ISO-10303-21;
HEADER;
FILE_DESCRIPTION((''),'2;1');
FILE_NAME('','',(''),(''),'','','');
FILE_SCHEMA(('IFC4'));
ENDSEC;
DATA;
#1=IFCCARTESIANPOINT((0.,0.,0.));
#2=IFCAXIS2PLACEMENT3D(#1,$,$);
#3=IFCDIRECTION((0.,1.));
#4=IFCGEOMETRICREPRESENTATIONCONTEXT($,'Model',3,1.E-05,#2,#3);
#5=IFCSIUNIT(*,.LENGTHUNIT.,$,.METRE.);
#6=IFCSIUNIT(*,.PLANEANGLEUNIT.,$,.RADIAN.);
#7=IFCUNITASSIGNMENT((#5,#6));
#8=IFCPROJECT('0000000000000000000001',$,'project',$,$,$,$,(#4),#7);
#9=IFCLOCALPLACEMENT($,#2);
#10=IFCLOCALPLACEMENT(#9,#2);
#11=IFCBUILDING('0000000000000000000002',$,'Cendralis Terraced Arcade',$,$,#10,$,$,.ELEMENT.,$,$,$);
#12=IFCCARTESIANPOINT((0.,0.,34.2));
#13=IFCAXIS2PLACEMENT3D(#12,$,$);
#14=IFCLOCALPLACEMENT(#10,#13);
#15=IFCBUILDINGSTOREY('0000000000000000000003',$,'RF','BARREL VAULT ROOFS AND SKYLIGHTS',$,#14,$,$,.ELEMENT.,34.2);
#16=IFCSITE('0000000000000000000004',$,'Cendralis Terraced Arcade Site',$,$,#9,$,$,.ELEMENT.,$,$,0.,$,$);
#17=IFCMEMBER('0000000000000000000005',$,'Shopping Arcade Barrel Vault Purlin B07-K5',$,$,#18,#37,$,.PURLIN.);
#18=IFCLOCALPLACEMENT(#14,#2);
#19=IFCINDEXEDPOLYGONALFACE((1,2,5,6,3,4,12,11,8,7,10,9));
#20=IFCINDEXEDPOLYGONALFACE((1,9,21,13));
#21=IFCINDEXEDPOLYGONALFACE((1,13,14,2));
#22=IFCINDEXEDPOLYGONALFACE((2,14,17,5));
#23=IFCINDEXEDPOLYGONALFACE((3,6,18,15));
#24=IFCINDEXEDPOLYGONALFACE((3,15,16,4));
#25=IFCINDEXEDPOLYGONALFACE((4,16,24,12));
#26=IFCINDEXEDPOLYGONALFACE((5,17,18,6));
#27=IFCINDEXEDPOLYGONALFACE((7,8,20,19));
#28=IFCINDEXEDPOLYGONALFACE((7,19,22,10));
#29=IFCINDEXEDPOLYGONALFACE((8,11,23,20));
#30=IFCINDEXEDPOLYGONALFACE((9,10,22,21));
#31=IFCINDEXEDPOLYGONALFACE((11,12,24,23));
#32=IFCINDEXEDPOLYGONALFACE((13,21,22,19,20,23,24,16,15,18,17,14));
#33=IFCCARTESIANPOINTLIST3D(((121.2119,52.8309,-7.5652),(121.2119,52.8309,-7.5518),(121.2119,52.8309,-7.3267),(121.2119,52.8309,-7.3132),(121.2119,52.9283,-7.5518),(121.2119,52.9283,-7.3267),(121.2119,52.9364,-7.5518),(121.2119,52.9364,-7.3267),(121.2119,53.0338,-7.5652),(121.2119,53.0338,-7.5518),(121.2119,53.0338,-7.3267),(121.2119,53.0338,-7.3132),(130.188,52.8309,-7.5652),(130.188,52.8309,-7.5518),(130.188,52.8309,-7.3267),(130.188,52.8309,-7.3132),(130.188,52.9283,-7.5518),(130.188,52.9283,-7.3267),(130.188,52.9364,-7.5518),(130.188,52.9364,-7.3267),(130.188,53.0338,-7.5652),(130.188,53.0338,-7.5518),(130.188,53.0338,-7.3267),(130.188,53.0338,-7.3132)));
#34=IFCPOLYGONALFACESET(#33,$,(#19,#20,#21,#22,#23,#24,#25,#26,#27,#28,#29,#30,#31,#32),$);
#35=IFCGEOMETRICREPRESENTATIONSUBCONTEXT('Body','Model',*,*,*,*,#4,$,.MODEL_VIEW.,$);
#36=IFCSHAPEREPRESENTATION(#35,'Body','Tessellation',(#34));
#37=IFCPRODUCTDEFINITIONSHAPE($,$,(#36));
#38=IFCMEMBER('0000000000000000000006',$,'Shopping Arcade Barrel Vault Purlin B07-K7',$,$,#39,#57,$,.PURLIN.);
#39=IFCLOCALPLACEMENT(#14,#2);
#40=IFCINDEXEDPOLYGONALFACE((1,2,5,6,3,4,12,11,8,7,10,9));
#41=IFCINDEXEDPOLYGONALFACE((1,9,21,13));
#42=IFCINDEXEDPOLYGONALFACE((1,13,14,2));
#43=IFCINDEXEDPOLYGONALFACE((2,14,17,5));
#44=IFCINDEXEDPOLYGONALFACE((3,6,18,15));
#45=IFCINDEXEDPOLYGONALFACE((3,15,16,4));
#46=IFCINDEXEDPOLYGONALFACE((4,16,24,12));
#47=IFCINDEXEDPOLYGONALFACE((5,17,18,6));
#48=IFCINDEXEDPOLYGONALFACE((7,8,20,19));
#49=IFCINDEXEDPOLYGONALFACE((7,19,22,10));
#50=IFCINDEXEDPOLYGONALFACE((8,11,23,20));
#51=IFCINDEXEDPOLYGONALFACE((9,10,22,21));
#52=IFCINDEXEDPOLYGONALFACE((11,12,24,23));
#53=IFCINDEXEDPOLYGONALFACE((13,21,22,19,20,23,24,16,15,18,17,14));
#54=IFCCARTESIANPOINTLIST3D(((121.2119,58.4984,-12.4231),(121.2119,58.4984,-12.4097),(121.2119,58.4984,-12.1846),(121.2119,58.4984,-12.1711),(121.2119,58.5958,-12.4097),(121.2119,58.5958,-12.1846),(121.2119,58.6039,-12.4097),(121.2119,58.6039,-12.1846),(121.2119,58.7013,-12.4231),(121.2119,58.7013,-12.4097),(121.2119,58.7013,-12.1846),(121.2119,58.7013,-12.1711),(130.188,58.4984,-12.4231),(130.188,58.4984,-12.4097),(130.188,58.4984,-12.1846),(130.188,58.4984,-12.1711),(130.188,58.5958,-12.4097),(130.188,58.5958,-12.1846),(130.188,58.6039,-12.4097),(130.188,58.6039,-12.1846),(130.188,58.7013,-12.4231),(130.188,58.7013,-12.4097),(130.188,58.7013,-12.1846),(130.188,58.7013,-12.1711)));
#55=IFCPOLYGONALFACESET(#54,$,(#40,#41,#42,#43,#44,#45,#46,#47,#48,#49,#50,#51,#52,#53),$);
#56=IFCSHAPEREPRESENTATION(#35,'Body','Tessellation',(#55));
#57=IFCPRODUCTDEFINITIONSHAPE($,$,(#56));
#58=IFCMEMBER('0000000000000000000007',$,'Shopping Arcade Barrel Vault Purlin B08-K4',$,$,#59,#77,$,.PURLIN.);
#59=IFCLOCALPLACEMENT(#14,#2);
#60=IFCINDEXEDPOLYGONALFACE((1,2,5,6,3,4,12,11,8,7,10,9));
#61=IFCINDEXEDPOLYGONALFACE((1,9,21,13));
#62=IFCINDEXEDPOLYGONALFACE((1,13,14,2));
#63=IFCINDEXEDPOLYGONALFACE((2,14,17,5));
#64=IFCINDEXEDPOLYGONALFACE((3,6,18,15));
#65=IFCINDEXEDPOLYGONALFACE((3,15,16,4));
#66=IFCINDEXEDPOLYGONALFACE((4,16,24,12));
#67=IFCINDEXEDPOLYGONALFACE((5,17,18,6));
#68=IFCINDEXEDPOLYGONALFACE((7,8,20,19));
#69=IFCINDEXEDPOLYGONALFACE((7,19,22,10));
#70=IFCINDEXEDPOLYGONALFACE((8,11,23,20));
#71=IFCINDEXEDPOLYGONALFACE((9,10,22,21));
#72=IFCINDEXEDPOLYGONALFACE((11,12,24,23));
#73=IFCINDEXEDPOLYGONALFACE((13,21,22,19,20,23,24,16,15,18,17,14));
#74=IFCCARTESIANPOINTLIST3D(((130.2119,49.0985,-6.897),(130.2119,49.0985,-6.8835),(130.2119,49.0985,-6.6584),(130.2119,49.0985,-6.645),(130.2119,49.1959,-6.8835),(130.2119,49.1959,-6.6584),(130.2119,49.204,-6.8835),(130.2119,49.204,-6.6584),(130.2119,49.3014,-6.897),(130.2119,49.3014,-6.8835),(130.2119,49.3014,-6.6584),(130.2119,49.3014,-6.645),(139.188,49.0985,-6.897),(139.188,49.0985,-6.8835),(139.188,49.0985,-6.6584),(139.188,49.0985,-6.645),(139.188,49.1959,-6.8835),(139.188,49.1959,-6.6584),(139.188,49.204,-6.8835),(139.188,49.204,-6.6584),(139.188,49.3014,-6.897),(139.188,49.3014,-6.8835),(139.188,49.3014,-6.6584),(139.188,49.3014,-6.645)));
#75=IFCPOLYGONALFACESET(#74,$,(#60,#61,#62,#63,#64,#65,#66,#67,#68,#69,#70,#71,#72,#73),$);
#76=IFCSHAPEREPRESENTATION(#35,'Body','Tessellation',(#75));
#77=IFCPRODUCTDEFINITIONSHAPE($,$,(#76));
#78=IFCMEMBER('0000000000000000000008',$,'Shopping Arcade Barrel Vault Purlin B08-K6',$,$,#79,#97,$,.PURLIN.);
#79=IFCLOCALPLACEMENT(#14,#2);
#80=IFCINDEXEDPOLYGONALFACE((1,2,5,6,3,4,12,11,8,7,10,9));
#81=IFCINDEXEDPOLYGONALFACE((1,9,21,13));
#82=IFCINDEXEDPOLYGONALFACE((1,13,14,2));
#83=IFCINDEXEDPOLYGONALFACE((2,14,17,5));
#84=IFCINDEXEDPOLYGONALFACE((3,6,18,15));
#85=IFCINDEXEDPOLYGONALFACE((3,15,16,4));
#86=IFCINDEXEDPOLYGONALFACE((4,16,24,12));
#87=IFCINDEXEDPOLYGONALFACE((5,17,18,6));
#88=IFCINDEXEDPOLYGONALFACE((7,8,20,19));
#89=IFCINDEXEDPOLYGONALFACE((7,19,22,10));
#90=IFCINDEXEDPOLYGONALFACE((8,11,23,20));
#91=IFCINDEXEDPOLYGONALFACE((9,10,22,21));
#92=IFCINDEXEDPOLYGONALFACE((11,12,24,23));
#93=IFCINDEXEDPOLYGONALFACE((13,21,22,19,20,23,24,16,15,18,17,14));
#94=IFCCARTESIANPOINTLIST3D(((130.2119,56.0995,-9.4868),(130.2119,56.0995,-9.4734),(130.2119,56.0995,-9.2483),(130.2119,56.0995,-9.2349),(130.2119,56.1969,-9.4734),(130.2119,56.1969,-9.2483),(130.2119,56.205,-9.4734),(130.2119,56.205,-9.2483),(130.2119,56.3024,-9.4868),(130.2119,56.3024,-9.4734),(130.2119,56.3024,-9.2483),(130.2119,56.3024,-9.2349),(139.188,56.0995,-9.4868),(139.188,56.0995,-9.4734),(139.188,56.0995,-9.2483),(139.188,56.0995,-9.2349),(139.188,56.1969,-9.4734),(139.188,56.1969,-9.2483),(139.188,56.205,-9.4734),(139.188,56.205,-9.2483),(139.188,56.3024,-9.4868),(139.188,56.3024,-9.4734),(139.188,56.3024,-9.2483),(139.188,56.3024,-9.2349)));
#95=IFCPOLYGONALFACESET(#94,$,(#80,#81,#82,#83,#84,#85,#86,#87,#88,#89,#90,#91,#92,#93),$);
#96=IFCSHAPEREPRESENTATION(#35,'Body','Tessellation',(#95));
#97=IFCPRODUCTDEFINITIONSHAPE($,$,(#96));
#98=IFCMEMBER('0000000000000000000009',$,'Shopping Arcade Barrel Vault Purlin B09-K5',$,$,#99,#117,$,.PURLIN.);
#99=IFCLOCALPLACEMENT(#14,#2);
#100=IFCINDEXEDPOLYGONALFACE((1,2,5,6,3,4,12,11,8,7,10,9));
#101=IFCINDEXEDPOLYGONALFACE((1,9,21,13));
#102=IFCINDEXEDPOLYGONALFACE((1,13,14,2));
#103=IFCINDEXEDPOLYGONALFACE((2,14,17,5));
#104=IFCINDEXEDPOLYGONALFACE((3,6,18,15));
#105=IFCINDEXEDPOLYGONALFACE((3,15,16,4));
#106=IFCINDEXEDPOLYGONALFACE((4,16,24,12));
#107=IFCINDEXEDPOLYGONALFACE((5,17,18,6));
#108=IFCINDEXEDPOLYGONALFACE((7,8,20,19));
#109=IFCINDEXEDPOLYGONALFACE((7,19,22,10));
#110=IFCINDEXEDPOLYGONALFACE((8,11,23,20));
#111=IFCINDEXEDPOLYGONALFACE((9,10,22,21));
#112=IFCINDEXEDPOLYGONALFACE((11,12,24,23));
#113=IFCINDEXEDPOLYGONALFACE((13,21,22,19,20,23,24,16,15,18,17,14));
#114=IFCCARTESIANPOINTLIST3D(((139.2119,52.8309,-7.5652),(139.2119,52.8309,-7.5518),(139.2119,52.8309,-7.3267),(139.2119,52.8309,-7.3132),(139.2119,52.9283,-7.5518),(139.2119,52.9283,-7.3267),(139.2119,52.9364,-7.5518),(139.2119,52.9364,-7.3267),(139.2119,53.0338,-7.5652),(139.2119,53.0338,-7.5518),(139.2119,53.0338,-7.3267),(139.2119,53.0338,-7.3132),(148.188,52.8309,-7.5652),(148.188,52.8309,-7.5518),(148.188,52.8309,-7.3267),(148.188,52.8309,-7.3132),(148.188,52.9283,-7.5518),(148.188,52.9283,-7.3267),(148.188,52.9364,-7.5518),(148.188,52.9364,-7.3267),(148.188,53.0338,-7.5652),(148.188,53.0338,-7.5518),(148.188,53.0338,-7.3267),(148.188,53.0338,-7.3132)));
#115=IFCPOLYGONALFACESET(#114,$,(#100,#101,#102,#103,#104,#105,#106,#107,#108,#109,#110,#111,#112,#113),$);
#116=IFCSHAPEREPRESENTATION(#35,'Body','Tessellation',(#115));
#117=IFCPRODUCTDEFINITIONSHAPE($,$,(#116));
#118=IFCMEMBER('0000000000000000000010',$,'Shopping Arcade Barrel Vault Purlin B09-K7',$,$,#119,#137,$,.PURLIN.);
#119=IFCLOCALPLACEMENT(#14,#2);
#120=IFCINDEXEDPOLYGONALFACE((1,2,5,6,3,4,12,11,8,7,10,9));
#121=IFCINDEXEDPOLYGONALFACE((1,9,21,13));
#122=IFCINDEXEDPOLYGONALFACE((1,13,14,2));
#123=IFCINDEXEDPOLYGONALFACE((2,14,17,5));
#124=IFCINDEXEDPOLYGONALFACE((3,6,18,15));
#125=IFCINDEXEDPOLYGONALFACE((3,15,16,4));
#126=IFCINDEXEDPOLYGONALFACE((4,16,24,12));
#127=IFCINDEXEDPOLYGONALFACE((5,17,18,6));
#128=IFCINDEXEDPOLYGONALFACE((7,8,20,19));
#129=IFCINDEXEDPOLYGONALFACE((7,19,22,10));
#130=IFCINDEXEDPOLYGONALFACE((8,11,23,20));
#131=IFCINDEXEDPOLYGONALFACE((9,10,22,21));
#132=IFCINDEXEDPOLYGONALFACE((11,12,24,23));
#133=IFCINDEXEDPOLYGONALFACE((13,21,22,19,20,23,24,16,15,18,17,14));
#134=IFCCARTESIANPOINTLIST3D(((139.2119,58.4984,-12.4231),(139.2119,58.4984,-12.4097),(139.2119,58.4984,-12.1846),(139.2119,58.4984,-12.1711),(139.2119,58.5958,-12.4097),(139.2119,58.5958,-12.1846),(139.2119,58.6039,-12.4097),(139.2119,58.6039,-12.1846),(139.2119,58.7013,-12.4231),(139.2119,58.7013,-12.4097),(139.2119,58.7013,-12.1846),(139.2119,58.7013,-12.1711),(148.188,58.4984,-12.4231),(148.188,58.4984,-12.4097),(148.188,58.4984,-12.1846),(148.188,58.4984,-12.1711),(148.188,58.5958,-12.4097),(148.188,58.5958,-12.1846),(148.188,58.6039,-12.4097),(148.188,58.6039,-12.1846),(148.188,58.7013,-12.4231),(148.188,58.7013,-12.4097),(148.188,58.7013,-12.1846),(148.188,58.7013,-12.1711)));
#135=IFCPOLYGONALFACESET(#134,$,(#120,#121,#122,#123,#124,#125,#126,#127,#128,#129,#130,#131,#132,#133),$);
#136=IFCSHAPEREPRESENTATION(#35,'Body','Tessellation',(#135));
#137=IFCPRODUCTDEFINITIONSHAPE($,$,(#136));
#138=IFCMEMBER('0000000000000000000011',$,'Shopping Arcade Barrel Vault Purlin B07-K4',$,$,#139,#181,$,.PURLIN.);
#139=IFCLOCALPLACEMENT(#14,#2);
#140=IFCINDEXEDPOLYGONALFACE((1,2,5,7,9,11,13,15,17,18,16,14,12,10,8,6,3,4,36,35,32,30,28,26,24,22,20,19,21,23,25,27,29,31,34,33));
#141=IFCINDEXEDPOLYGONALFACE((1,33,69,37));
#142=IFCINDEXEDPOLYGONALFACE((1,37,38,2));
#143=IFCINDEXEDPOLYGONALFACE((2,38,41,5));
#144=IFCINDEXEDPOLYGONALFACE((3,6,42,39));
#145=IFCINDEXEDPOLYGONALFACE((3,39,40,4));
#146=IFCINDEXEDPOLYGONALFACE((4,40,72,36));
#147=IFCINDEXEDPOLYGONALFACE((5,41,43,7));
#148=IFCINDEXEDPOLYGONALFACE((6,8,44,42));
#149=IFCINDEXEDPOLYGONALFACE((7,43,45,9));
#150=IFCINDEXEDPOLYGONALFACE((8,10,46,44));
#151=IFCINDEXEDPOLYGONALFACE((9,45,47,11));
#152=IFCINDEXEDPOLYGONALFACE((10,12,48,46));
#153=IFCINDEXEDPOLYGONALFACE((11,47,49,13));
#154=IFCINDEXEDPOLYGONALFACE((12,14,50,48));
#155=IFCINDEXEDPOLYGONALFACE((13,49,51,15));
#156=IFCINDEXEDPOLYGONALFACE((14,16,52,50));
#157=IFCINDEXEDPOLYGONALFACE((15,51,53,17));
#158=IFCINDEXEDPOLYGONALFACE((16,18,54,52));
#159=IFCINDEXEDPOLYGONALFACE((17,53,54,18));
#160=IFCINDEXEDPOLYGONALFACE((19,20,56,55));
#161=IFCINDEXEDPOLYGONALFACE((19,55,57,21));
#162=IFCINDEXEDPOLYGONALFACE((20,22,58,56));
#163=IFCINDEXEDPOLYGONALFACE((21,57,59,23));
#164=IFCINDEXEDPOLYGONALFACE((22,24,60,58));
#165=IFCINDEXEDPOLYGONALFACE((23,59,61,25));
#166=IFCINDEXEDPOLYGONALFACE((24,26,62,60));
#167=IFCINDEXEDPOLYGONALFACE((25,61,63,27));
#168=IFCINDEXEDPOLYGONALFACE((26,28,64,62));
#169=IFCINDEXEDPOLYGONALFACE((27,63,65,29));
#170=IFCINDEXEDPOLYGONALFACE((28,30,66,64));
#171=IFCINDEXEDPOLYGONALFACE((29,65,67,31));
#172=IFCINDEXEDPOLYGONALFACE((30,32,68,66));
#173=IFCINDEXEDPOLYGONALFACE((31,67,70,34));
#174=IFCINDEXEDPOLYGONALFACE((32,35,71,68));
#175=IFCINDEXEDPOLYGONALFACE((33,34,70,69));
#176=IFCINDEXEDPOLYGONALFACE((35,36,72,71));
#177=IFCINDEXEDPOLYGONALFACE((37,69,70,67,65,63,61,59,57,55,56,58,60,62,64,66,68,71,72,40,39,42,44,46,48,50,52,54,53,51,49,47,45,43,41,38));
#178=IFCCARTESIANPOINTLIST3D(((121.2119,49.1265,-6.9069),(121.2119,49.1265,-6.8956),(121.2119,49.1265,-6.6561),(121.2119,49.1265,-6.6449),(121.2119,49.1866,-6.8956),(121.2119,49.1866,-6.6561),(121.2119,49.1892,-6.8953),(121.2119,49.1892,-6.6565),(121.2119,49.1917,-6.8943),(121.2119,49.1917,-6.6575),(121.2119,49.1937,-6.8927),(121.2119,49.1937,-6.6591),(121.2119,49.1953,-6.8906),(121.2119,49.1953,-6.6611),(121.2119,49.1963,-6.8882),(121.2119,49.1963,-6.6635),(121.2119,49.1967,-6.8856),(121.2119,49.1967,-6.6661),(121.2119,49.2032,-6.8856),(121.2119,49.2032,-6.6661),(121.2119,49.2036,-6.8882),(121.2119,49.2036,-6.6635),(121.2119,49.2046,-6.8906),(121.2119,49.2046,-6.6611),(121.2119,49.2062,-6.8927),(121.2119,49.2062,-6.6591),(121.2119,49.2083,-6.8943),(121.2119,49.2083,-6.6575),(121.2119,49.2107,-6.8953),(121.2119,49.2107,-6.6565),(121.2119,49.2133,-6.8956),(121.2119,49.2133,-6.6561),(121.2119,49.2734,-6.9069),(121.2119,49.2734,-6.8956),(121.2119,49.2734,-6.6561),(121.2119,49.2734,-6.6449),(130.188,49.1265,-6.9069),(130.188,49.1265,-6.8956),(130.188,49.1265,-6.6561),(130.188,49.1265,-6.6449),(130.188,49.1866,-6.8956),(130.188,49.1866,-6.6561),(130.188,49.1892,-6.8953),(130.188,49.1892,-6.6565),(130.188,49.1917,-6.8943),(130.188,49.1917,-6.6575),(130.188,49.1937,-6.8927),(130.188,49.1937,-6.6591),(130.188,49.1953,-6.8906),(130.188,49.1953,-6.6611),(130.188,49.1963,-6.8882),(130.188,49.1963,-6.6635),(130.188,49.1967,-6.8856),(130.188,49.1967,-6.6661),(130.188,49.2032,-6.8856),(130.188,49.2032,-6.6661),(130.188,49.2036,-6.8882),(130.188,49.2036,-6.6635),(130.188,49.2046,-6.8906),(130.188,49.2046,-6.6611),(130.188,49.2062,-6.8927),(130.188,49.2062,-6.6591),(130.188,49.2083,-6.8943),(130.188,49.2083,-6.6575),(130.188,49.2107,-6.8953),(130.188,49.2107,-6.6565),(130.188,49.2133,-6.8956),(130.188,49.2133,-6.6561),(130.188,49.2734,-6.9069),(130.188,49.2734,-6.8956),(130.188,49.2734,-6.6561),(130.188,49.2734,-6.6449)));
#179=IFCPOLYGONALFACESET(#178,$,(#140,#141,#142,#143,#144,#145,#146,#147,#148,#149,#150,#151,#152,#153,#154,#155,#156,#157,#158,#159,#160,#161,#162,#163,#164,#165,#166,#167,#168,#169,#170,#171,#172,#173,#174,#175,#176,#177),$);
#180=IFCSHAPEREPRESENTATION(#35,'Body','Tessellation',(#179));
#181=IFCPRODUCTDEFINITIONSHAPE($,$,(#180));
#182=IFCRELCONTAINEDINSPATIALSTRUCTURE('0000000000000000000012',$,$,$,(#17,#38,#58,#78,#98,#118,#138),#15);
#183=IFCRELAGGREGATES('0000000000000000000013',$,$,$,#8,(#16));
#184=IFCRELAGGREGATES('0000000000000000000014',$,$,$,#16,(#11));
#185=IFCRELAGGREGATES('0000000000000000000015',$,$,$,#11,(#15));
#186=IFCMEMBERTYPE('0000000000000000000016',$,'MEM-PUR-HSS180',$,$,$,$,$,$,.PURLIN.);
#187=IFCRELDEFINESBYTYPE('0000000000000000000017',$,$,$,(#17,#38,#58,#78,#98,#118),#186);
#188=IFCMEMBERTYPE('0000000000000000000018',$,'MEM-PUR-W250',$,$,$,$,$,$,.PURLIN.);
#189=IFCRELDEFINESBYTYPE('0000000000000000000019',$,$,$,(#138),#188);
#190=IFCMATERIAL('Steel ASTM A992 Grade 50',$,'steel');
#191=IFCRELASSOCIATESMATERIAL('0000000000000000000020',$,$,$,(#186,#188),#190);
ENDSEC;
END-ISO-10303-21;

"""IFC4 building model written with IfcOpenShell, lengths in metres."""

from ifc_helpers import new_model, si_unit, direction, frame, origin, origin_2d, place, context, subcontext, project, spatial, i_section, extrude, material, material_profile, profile_set, type_object, element, save


model = new_model("IFC4")

# Units and contexts
model_context = context("Model", 3, precision=1e-05, world=origin(), true_north=direction((0.0, 1.0)))
body_context = subcontext(model_context, "Body", "Model", "MODEL_VIEW")
ifc_project = project(units=[si_unit("LENGTHUNIT", "METRE"), si_unit("PLANEANGLEUNIT", "RADIAN")], contexts=[model_context])

# Site, building, storey
site_placement = place(None, origin())
site = spatial("IfcSite", under=ifc_project, at=site_placement, Name="Cendralis Terraced Arcade Site", CompositionType="ELEMENT", RefElevation=0.0)
building_placement = place(site_placement, origin())
building = spatial("IfcBuilding", under=site, at=building_placement, Name="Cendralis Terraced Arcade", CompositionType="ELEMENT")
storey_placement = place(building_placement, frame((0.0, 0.0, 34.2)))
storey = spatial("IfcBuildingStorey", under=building, at=storey_placement, Name="RF", Description="BARREL VAULT ROOFS AND SKYLIGHTS", CompositionType="ELEMENT", Elevation=34.2)

# Members
ifc_material_1 = material(Name="Steel ASTM A992 Grade 50", Category="steel")
ifc_material_profile_1 = material_profile(ifc_material_1, i_section(OverallWidth=0.2029, OverallDepth=0.252, WebThickness=0.0081, FlangeThickness=0.0134, at=origin_2d()), Name="W250X58", Category="LoadBearing")
ifc_profile_set_1 = profile_set([ifc_material_profile_1], Name="Steel ASTM A992 Grade 50")
member_type_1 = type_object("IfcMemberType", Name="MEM-PUR-HSS180", PredefinedType="PURLIN", material=ifc_profile_set_1)
for number, where, z_axis, x_axis, name in (
    (1, (121.2119, 52.9324, -7.4392), (1.0, 0.0, 0.0), (0.0, 1.0, 0.0), "Shopping Arcade Barrel Vault Purlin B07-K5"),
    (2, (121.2119, 58.5999, -12.2971), (1.0, 0.0, 0.0), (0.0, 1.0, 0.0), "Shopping Arcade Barrel Vault Purlin B07-K7"),
    (3, (130.2119, 49.2, -6.771), (1.0, 0.0, 0.0), (0.0, 1.0, 0.0), "Shopping Arcade Barrel Vault Purlin B08-K4"),
    (4, (130.2119, 56.2009, -9.3608), (1.0, 0.0, 0.0), (0.0, 1.0, 0.0), "Shopping Arcade Barrel Vault Purlin B08-K6"),
    (5, (139.2119, 52.9324, -7.4392), (1.0, 0.0, 0.0), (0.0, 1.0, 0.0), "Shopping Arcade Barrel Vault Purlin B09-K5"),
    (6, (139.2119, 58.5999, -12.2971), (1.0, 0.0, 0.0), (0.0, 1.0, 0.0), "Shopping Arcade Barrel Vault Purlin B09-K7"),
):
    element("IfcMember", number, at=place(storey_placement, frame(where, z_axis=z_axis, x_axis=x_axis)), inside=storey, type_object=member_type_1, Name=name, PredefinedType="PURLIN", context=body_context, shape_type="SweptSolid", body=[
        extrude(i_section(OverallWidth=0.2029, OverallDepth=0.252, WebThickness=0.0081, FlangeThickness=0.0134, at=origin_2d()), origin(), (0.0, 0.0, 1.0), 8.9761),
    ])
ifc_material_profile_2 = material_profile(ifc_material_1, i_section(OverallWidth=0.147, OverallDepth=0.262, WebThickness=0.0066, FlangeThickness=0.0112, FilletRadius=0.01, at=origin_2d()), Name="W250X38.5", Category="LoadBearing")
ifc_profile_set_2 = profile_set([ifc_material_profile_2], Name="Steel ASTM A992 Grade 50")
member_type_2 = type_object("IfcMemberType", Name="MEM-PUR-W250", PredefinedType="PURLIN", material=ifc_profile_set_2)
for number, where, z_axis, x_axis, name in (
    (7, (121.2119, 49.2, -6.7759), (1.0, 0.0, 0.0), (0.0, 1.0, 0.0), "Shopping Arcade Barrel Vault Purlin B07-K4"),
):
    element("IfcMember", number, at=place(storey_placement, frame(where, z_axis=z_axis, x_axis=x_axis)), inside=storey, type_object=member_type_2, Name=name, PredefinedType="PURLIN", context=body_context, shape_type="SweptSolid", body=[
        extrude(i_section(OverallWidth=0.147, OverallDepth=0.262, WebThickness=0.0066, FlangeThickness=0.0112, FilletRadius=0.01, at=origin_2d()), origin(), (0.0, 0.0, 1.0), 8.9761),
    ])

save(model, "model.ifc")
